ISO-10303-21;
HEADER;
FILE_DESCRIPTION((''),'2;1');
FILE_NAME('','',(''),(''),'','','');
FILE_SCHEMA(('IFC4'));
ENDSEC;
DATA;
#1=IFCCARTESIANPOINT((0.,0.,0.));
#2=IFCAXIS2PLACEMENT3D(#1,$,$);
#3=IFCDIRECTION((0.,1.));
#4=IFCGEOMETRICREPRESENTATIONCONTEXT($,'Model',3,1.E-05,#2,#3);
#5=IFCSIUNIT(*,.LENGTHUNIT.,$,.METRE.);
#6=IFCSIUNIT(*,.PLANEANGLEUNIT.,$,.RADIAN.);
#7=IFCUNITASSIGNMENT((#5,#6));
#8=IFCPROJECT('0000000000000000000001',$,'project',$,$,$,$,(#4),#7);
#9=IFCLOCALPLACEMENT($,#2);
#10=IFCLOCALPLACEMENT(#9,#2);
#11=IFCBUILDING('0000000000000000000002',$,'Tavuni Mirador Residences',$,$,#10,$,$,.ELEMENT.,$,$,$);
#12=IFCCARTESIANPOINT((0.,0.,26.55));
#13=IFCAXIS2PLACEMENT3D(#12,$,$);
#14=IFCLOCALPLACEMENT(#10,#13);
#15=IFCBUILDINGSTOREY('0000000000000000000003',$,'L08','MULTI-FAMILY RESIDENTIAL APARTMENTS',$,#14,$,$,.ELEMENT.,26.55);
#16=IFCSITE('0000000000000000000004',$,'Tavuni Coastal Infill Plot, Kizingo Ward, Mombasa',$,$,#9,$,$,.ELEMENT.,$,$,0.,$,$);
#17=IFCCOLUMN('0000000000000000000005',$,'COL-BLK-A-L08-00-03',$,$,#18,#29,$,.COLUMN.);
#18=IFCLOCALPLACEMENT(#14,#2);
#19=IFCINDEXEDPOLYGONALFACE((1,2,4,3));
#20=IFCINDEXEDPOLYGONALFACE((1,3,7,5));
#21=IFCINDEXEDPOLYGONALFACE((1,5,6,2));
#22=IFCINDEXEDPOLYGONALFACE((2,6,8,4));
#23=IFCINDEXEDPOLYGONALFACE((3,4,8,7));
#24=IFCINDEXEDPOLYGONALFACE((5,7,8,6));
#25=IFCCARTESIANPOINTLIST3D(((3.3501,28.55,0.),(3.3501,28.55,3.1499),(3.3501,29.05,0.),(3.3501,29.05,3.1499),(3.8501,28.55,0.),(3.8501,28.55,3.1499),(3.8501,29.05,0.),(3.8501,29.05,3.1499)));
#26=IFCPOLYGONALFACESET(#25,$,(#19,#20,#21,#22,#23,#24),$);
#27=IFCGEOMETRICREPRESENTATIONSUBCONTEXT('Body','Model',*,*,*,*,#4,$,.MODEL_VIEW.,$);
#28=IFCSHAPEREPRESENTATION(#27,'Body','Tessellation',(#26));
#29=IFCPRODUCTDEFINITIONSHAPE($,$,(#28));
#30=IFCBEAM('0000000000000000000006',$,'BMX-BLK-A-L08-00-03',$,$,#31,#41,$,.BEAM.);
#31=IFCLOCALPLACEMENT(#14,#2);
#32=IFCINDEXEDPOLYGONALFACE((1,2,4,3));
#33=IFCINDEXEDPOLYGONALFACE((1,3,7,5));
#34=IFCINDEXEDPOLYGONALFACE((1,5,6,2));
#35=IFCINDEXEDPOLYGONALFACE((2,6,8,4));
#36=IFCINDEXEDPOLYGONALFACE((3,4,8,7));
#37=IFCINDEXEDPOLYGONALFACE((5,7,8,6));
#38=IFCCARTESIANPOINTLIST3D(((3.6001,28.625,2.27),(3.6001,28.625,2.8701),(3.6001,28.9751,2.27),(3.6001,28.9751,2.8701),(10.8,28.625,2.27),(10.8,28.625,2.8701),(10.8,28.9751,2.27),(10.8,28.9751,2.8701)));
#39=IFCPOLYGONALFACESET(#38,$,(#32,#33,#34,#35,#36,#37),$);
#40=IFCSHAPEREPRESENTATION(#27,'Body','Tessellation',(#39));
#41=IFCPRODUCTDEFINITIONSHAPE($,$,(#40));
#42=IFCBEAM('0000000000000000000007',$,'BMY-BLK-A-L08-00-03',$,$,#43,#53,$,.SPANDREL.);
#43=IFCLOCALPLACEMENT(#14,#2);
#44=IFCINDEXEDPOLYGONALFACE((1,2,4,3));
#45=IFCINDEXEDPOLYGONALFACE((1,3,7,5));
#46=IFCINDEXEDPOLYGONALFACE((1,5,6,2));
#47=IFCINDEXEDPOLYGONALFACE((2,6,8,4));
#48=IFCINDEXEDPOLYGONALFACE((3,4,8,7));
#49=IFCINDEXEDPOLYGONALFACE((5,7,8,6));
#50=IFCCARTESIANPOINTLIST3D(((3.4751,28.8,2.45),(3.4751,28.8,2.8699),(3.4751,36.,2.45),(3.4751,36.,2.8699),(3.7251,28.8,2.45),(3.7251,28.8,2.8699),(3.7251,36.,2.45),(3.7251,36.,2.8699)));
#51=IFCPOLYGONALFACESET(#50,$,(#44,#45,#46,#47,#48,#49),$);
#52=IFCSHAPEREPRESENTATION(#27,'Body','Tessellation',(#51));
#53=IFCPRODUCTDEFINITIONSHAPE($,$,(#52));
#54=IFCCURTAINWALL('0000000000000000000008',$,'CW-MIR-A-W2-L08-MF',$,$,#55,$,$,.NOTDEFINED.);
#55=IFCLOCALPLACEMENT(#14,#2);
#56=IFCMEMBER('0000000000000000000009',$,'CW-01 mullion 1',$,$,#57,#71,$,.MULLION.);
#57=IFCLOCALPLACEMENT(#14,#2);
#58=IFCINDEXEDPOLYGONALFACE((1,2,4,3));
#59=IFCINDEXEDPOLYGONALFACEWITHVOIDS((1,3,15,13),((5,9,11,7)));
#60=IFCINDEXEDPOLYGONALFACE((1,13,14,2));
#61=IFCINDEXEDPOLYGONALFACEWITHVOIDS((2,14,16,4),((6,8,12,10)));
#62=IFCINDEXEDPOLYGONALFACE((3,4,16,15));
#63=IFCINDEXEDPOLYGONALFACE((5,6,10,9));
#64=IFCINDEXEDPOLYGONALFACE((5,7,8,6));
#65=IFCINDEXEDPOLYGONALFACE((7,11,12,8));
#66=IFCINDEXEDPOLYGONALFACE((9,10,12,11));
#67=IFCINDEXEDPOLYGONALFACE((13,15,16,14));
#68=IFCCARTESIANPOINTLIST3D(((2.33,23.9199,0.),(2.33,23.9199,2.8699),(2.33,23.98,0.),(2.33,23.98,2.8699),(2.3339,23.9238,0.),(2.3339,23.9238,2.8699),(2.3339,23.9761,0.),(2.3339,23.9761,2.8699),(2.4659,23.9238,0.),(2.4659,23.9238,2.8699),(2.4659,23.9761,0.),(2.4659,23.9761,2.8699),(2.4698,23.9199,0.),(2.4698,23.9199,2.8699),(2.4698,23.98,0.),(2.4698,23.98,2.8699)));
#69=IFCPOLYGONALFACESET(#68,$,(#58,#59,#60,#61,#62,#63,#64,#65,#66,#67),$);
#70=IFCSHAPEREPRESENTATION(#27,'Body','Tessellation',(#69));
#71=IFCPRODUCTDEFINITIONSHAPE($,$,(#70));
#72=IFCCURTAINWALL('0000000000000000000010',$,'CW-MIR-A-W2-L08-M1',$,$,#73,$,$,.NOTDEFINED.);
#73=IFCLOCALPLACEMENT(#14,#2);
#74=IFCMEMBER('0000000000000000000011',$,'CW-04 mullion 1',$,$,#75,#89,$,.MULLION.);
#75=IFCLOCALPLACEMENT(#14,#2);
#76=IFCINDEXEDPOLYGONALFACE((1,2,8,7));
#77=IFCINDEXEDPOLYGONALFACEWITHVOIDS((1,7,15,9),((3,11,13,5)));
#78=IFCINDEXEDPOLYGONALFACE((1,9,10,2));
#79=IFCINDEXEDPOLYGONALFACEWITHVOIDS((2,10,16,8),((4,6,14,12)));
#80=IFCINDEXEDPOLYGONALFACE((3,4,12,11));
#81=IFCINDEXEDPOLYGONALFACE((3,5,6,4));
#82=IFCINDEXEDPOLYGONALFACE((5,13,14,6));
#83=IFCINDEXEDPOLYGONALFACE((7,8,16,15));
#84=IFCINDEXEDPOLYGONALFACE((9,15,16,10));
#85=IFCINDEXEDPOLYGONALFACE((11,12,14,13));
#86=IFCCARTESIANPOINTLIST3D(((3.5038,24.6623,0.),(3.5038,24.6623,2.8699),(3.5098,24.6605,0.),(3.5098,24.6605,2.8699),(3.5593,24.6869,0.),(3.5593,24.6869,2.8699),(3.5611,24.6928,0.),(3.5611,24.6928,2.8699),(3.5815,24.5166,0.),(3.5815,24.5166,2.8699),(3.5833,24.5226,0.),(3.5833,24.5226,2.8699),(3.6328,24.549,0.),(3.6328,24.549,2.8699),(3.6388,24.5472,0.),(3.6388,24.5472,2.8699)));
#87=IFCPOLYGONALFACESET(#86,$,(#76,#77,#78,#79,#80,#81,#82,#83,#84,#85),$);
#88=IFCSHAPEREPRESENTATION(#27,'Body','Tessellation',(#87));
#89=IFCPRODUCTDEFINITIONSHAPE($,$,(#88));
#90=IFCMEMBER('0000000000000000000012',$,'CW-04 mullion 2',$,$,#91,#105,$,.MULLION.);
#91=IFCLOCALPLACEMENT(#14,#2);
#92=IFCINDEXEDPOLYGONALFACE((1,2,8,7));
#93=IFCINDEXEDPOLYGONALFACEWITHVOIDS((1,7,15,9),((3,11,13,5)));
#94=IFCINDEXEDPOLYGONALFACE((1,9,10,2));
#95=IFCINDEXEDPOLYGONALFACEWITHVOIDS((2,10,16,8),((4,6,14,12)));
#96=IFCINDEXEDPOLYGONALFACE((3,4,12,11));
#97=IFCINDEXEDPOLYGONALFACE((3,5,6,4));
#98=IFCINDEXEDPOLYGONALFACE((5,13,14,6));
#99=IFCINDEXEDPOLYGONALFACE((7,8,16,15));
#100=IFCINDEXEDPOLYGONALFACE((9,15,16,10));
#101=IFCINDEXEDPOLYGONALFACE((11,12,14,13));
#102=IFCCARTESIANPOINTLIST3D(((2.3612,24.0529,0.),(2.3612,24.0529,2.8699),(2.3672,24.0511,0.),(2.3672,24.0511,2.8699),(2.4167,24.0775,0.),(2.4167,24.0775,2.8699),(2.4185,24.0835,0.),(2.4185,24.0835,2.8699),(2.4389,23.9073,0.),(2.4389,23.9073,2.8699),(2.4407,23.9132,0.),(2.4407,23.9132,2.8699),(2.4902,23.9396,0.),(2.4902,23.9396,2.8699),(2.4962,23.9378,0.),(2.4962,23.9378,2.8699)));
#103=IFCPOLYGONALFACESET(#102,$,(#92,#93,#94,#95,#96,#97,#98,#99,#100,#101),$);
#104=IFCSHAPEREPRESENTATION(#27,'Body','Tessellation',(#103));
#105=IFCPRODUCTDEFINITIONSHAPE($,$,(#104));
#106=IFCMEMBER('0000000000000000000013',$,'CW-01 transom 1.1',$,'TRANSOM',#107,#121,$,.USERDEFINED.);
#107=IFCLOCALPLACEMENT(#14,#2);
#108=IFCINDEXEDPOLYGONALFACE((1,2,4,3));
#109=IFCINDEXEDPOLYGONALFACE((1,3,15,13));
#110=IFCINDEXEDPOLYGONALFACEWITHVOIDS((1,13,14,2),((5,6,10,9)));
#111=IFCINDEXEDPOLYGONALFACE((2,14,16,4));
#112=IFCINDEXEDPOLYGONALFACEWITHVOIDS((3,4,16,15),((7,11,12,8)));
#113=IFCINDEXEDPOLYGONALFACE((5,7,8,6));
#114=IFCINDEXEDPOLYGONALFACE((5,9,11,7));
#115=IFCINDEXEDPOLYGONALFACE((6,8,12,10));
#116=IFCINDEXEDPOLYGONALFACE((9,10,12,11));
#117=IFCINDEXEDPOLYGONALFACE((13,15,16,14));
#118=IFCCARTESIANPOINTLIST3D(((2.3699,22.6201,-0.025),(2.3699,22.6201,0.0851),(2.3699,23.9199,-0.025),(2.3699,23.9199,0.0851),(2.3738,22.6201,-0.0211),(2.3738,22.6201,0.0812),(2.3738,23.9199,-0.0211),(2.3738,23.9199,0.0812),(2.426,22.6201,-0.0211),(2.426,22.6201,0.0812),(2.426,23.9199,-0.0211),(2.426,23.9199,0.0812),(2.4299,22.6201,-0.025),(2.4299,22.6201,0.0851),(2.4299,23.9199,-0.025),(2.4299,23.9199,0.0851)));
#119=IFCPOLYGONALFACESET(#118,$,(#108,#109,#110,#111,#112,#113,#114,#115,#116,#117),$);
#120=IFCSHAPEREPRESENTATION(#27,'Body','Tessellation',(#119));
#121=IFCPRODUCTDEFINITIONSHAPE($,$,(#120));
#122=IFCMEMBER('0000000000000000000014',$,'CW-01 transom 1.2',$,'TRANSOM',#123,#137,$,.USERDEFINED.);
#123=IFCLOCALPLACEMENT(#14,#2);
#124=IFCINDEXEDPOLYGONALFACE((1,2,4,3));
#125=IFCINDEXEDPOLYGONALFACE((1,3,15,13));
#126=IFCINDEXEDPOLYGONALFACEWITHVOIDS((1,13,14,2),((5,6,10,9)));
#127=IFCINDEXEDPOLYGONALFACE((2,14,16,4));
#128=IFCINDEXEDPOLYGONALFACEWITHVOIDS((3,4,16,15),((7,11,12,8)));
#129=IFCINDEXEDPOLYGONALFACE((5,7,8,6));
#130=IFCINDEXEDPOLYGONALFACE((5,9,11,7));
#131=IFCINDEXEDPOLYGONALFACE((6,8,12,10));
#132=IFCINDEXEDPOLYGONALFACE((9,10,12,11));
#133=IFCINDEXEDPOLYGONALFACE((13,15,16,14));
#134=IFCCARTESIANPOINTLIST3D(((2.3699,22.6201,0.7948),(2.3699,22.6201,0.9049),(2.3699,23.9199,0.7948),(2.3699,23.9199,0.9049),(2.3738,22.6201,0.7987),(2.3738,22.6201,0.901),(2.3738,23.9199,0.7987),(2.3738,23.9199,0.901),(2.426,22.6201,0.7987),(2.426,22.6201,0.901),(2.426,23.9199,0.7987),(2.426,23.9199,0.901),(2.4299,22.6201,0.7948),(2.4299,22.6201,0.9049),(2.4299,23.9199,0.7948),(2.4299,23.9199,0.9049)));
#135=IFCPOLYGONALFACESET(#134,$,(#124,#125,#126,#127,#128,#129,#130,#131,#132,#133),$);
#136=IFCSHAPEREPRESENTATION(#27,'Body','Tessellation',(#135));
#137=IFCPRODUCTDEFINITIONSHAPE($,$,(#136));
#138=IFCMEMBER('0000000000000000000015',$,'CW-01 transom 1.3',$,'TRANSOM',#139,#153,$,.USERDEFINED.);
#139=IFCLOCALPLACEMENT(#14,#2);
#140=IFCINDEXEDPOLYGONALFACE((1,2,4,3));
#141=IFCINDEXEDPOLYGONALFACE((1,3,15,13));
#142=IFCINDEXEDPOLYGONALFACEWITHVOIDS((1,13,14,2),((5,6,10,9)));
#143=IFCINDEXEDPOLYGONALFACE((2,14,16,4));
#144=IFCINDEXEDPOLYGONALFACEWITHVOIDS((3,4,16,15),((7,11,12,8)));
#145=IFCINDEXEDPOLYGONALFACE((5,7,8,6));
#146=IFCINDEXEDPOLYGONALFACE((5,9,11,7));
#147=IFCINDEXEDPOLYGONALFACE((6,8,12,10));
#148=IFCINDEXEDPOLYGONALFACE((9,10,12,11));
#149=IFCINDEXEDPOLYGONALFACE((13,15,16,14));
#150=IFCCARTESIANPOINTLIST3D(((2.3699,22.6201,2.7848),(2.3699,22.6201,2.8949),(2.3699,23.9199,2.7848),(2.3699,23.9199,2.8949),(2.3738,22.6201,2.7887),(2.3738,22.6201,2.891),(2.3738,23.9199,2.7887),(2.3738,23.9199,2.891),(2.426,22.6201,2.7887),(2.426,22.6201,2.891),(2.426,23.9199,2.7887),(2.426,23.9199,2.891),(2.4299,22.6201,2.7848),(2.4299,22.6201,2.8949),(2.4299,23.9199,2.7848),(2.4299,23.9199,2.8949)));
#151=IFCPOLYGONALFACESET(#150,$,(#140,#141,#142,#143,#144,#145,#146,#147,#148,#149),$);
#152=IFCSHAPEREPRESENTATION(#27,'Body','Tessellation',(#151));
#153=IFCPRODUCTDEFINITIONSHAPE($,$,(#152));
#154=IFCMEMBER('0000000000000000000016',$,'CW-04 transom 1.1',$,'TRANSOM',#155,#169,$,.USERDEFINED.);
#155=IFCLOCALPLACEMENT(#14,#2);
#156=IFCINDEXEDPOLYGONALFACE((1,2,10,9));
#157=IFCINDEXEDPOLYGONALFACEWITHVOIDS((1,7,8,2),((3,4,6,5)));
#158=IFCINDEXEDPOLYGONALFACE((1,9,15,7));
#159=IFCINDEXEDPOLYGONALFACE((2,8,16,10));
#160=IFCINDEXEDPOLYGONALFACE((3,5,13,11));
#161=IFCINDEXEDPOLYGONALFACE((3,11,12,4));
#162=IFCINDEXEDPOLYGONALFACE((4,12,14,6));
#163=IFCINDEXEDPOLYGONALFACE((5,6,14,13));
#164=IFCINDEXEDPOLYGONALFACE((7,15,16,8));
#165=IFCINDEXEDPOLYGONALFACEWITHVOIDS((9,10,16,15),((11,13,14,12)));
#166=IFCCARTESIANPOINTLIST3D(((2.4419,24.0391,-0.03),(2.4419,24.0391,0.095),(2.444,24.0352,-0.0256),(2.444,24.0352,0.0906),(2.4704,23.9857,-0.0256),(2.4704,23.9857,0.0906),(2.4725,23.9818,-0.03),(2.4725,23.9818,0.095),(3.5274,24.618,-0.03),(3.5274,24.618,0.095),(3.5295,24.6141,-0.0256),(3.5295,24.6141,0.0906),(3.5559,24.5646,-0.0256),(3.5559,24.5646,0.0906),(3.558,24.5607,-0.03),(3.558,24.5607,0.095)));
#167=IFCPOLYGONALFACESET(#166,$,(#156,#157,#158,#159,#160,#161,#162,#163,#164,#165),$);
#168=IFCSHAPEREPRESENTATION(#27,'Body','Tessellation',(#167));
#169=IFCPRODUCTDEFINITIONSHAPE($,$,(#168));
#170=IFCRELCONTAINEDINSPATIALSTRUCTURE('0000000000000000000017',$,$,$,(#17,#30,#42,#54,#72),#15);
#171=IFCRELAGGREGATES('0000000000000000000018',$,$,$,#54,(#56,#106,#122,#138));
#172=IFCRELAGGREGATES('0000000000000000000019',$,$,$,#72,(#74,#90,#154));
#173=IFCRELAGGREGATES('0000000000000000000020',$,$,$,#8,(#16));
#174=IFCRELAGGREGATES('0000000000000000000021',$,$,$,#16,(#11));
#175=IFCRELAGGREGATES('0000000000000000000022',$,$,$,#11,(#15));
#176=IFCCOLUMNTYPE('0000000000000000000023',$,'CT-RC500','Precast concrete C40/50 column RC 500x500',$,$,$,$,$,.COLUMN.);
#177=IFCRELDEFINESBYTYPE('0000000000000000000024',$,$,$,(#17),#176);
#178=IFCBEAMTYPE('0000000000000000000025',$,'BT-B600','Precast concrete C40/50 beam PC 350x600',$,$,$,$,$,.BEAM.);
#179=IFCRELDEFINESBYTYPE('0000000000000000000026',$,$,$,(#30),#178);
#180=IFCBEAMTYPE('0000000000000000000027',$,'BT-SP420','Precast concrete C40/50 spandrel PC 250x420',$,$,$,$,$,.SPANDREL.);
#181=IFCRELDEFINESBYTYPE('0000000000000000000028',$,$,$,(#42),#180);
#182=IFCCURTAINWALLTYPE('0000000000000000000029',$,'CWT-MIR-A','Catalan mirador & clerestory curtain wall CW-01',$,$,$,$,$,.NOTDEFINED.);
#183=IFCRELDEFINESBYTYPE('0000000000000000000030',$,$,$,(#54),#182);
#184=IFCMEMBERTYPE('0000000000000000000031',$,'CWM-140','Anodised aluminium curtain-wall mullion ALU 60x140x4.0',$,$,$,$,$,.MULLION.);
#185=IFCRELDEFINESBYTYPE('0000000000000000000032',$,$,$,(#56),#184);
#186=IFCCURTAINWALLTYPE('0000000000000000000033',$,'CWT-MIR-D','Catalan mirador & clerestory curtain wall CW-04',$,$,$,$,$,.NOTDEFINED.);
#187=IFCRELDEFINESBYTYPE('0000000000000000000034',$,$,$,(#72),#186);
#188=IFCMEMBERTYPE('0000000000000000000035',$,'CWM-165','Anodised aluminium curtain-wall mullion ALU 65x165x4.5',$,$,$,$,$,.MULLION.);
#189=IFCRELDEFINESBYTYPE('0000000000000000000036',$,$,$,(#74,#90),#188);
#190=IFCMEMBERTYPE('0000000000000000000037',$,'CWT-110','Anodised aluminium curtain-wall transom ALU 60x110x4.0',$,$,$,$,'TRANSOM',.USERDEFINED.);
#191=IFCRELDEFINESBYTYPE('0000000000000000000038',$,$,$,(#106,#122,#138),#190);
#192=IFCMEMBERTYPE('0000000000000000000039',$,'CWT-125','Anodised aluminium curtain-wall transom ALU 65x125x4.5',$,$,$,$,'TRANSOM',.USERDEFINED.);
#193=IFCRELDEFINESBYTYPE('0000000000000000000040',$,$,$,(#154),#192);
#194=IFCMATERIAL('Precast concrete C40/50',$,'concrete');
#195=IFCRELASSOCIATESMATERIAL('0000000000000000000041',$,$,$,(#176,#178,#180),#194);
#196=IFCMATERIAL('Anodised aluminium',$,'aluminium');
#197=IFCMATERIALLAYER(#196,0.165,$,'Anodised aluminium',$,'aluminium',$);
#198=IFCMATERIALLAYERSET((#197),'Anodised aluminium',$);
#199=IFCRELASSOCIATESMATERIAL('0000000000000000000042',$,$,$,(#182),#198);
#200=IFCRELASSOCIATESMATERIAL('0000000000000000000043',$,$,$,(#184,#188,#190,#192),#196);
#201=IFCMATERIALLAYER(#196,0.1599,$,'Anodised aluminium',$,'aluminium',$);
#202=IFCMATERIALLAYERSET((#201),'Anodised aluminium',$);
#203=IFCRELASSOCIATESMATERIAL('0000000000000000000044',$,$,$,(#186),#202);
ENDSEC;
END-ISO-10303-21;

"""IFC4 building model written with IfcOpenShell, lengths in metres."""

from ifc_helpers import new_model, si_unit, direction, frame, origin, origin_2d, place, context, subcontext, project, spatial, rectangle, hollow_rectangle, extrude, material, layer, layer_set, material_profile, profile_set, type_object, element, aggregate, save


model = new_model("IFC4")

# Units and contexts
model_context = context("Model", 3, precision=1e-05, world=origin(), true_north=direction((0.0, 1.0)))
body_context = subcontext(model_context, "Body", "Model", "MODEL_VIEW")
ifc_project = project(units=[si_unit("LENGTHUNIT", "METRE"), si_unit("PLANEANGLEUNIT", "RADIAN")], contexts=[model_context])

# Site, building, storey
site_placement = place(None, origin())
site = spatial("IfcSite", under=ifc_project, at=site_placement, Name="Tavuni Coastal Infill Plot, Kizingo Ward, Mombasa", CompositionType="ELEMENT", RefElevation=0.0)
building_placement = place(site_placement, origin())
building = spatial("IfcBuilding", under=site, at=building_placement, Name="Tavuni Mirador Residences", CompositionType="ELEMENT")
storey_placement = place(building_placement, frame((0.0, 0.0, 26.55)))
storey = spatial("IfcBuildingStorey", under=building, at=storey_placement, Name="L08", Description="MULTI-FAMILY RESIDENTIAL APARTMENTS", CompositionType="ELEMENT", Elevation=26.55)

# Column
ifc_material_1 = material(Name="Precast concrete C40/50", Category="concrete")
ifc_material_profile_1 = material_profile(ifc_material_1, rectangle(XDim=0.5, YDim=0.5, at=origin_2d()), Name="RC 500x500", Category="concrete")
ifc_profile_set_1 = profile_set([ifc_material_profile_1], Name="Precast concrete C40/50")
column_type = type_object("IfcColumnType", Name="CT-RC500", Description="Precast concrete C40/50 column RC 500x500", PredefinedType="COLUMN", material=ifc_profile_set_1)
column_placement = place(storey_placement, frame((3.6001, 28.8, 0.0), z_axis=(0.0, 0.0, 1.0), x_axis=(1.0, 0.0, 0.0)))
element("IfcColumn", 1, at=column_placement, inside=storey, type_object=column_type, Name="COL-BLK-A-L08-00-03", PredefinedType="COLUMN", context=body_context, shape_type="SweptSolid", body=[
    extrude(rectangle(XDim=0.5, YDim=0.5, at=origin_2d()), origin(), (0.0, 0.0, 1.0), 3.1499),
])

# Beams
ifc_material_profile_2 = material_profile(ifc_material_1, rectangle(XDim=0.3501, YDim=0.6001, at=origin_2d()), Name="PC 350x600", Category="concrete")
ifc_profile_set_2 = profile_set([ifc_material_profile_2], Name="Precast concrete C40/50")
beam_type_1 = type_object("IfcBeamType", Name="BT-B600", Description="Precast concrete C40/50 beam PC 350x600", PredefinedType="BEAM", material=ifc_profile_set_2)
beam_1_placement = place(storey_placement, frame((3.6001, 28.8, 2.5701), z_axis=(1.0, 0.0, 0.0), x_axis=(0.0, 1.0, 0.0)))
element("IfcBeam", 2, at=beam_1_placement, inside=storey, type_object=beam_type_1, Name="BMX-BLK-A-L08-00-03", PredefinedType="BEAM", context=body_context, shape_type="SweptSolid", body=[
    extrude(rectangle(XDim=0.3501, YDim=0.6001, at=origin_2d()), origin(), (0.0, 0.0, 1.0), 7.2),
])
ifc_material_profile_3 = material_profile(ifc_material_1, rectangle(XDim=0.25, YDim=0.4199, at=origin_2d()), Name="PC 250x420", Category="concrete")
ifc_profile_set_3 = profile_set([ifc_material_profile_3], Name="Precast concrete C40/50")
beam_type_2 = type_object("IfcBeamType", Name="BT-SP420", Description="Precast concrete C40/50 spandrel PC 250x420", PredefinedType="SPANDREL", material=ifc_profile_set_3)
beam_2_placement = place(storey_placement, frame((3.6001, 28.8, 2.6599), z_axis=(0.0, 1.0, 0.0), x_axis=(-1.0, 0.0, 0.0)))
element("IfcBeam", 3, at=beam_2_placement, inside=storey, type_object=beam_type_2, Name="BMY-BLK-A-L08-00-03", PredefinedType="SPANDREL", context=body_context, shape_type="SweptSolid", body=[
    extrude(rectangle(XDim=0.25, YDim=0.4199, at=origin_2d()), origin(), (0.0, 0.0, 1.0), 7.2),
])

# Curtain wall, member
ifc_material_2 = material(Name="Anodised aluminium", Category="aluminium")
ifc_layer_1 = layer(ifc_material_2, 0.165, Name="Anodised aluminium", Category="aluminium")
ifc_layer_set_1 = layer_set([ifc_layer_1], Name="Anodised aluminium")
curtain_wall_type_1 = type_object("IfcCurtainWallType", Name="CWT-MIR-A", Description="Catalan mirador & clerestory curtain wall CW-01", PredefinedType="NOTDEFINED", material=ifc_layer_set_1)
curtain_wall_1_placement = place(storey_placement, origin())
curtain_wall_1 = element("IfcCurtainWall", 4, at=curtain_wall_1_placement, inside=storey, type_object=curtain_wall_type_1, Name="CW-MIR-A-W2-L08-MF", PredefinedType="NOTDEFINED")
ifc_material_profile_4 = material_profile(ifc_material_2, hollow_rectangle(XDim=0.0601, YDim=0.1399, WallThickness=0.0039, at=origin_2d()), Name="ALU 60x140x4.0", Category="aluminium")
ifc_profile_set_4 = profile_set([ifc_material_profile_4], Name="Anodised aluminium")
member_type_1 = type_object("IfcMemberType", Name="CWM-140", Description="Anodised aluminium curtain-wall mullion ALU 60x140x4.0", PredefinedType="MULLION", material=ifc_profile_set_4)
member_1_placement = place(storey_placement, frame((2.3999, 23.95, 0.0), z_axis=(0.0, 0.0, 1.0), x_axis=(0.0, -1.0, 0.0)))
member_1 = element("IfcMember", 5, at=member_1_placement, type_object=member_type_1, Name="CW-01 mullion 1", PredefinedType="MULLION", context=body_context, shape_type="SweptSolid", body=[
    extrude(hollow_rectangle(XDim=0.0601, YDim=0.1399, WallThickness=0.0039, at=origin_2d()), origin(), (0.0, 0.0, 1.0), 2.8699),
])

# Curtain wall, members
ifc_layer_2 = layer(ifc_material_2, 0.1599, Name="Anodised aluminium", Category="aluminium")
ifc_layer_set_2 = layer_set([ifc_layer_2], Name="Anodised aluminium")
curtain_wall_type_2 = type_object("IfcCurtainWallType", Name="CWT-MIR-D", Description="Catalan mirador & clerestory curtain wall CW-04", PredefinedType="NOTDEFINED", material=ifc_layer_set_2)
curtain_wall_2_placement = place(storey_placement, origin())
curtain_wall_2 = element("IfcCurtainWall", 6, at=curtain_wall_2_placement, inside=storey, type_object=curtain_wall_type_2, Name="CW-MIR-A-W2-L08-M1", PredefinedType="NOTDEFINED")
ifc_material_profile_5 = material_profile(ifc_material_2, hollow_rectangle(XDim=0.0649, YDim=0.165, WallThickness=0.0044, at=origin_2d()), Name="ALU 65x165x4.5", Category="aluminium")
ifc_profile_set_5 = profile_set([ifc_material_profile_5], Name="Anodised aluminium")
member_type_2 = type_object("IfcMemberType", Name="CWM-165", Description="Anodised aluminium curtain-wall mullion ALU 65x165x4.5", PredefinedType="MULLION", material=ifc_profile_set_5)
member_2_placement = place(storey_placement, frame((3.5713, 24.6047, 0.0), z_axis=(0.0, 0.0, 1.0), x_axis=(-0.882353, -0.470588, 0.0)))
member_2 = element("IfcMember", 7, at=member_2_placement, type_object=member_type_2, Name="CW-04 mullion 1", PredefinedType="MULLION", context=body_context, shape_type="SweptSolid", body=[
    extrude(hollow_rectangle(XDim=0.0649, YDim=0.165, WallThickness=0.0044, at=origin_2d()), origin(), (0.0, 0.0, 1.0), 2.8699),
])
member_3_placement = place(storey_placement, frame((2.4287, 23.9954, 0.0), z_axis=(0.0, 0.0, 1.0), x_axis=(-0.882353, -0.470588, 0.0)))
member_3 = element("IfcMember", 8, at=member_3_placement, type_object=member_type_2, Name="CW-04 mullion 2", PredefinedType="MULLION", context=body_context, shape_type="SweptSolid", body=[
    extrude(hollow_rectangle(XDim=0.0649, YDim=0.165, WallThickness=0.0044, at=origin_2d()), origin(), (0.0, 0.0, 1.0), 2.8699),
])

# Members
ifc_material_profile_6 = material_profile(ifc_material_2, hollow_rectangle(XDim=0.0601, YDim=0.1101, WallThickness=0.0039, at=origin_2d()), Name="ALU 60x110x4.0", Category="aluminium")
ifc_profile_set_6 = profile_set([ifc_material_profile_6], Name="Anodised aluminium")
member_type_3 = type_object("IfcMemberType", Name="CWT-110", Description="Anodised aluminium curtain-wall transom ALU 60x110x4.0", ElementType="TRANSOM", PredefinedType="USERDEFINED", material=ifc_profile_set_6)
member_4_placement = place(storey_placement, frame((2.3999, 23.9199, 0.03), z_axis=(0.0, -1.0, 0.0), x_axis=(1.0, 0.0, 0.0)))
member_4 = element("IfcMember", 9, at=member_4_placement, type_object=member_type_3, Name="CW-01 transom 1.1", ObjectType="TRANSOM", PredefinedType="USERDEFINED", context=body_context, shape_type="SweptSolid", body=[
    extrude(hollow_rectangle(XDim=0.0601, YDim=0.1101, WallThickness=0.0039, at=origin_2d()), origin(), (0.0, 0.0, 1.0), 1.2998),
])
member_5_placement = place(storey_placement, frame((2.3999, 23.9199, 0.8499), z_axis=(0.0, -1.0, 0.0), x_axis=(1.0, 0.0, 0.0)))
member_5 = element("IfcMember", 10, at=member_5_placement, type_object=member_type_3, Name="CW-01 transom 1.2", ObjectType="TRANSOM", PredefinedType="USERDEFINED", context=body_context, shape_type="SweptSolid", body=[
    extrude(hollow_rectangle(XDim=0.0601, YDim=0.1101, WallThickness=0.0039, at=origin_2d()), origin(), (0.0, 0.0, 1.0), 1.2998),
])
member_6_placement = place(storey_placement, frame((2.3999, 23.9199, 2.8398), z_axis=(0.0, -1.0, 0.0), x_axis=(1.0, 0.0, 0.0)))
member_6 = element("IfcMember", 11, at=member_6_placement, type_object=member_type_3, Name="CW-01 transom 1.3", ObjectType="TRANSOM", PredefinedType="USERDEFINED", context=body_context, shape_type="SweptSolid", body=[
    extrude(hollow_rectangle(XDim=0.0601, YDim=0.1101, WallThickness=0.0039, at=origin_2d()), origin(), (0.0, 0.0, 1.0), 1.2998),
])
ifc_material_profile_7 = material_profile(ifc_material_2, hollow_rectangle(XDim=0.0649, YDim=0.125, WallThickness=0.0044, at=origin_2d()), Name="ALU 65x125x4.5", Category="aluminium")
ifc_profile_set_7 = profile_set([ifc_material_profile_7], Name="Anodised aluminium")
member_type_4 = type_object("IfcMemberType", Name="CWT-125", Description="Anodised aluminium curtain-wall transom ALU 65x125x4.5", ElementType="TRANSOM", PredefinedType="USERDEFINED", material=ifc_profile_set_7)
member_7_placement = place(storey_placement, frame((3.5427, 24.5894, 0.0325), z_axis=(-0.882369, -0.470557, 0.0), x_axis=(0.470557, -0.882369, 0.0)))
member_7 = element("IfcMember", 12, at=member_7_placement, type_object=member_type_4, Name="CW-04 transom 1.1", ObjectType="TRANSOM", PredefinedType="USERDEFINED", context=body_context, shape_type="SweptSolid", body=[
    extrude(hollow_rectangle(XDim=0.0649, YDim=0.125, WallThickness=0.0044, at=origin_2d()), origin(), (0.0, 0.0, 1.0), 1.2302),
])

aggregate(curtain_wall_1, [member_1, member_4, member_5, member_6])
aggregate(curtain_wall_2, [member_2, member_3, member_7])

save(model, "model.ifc")
